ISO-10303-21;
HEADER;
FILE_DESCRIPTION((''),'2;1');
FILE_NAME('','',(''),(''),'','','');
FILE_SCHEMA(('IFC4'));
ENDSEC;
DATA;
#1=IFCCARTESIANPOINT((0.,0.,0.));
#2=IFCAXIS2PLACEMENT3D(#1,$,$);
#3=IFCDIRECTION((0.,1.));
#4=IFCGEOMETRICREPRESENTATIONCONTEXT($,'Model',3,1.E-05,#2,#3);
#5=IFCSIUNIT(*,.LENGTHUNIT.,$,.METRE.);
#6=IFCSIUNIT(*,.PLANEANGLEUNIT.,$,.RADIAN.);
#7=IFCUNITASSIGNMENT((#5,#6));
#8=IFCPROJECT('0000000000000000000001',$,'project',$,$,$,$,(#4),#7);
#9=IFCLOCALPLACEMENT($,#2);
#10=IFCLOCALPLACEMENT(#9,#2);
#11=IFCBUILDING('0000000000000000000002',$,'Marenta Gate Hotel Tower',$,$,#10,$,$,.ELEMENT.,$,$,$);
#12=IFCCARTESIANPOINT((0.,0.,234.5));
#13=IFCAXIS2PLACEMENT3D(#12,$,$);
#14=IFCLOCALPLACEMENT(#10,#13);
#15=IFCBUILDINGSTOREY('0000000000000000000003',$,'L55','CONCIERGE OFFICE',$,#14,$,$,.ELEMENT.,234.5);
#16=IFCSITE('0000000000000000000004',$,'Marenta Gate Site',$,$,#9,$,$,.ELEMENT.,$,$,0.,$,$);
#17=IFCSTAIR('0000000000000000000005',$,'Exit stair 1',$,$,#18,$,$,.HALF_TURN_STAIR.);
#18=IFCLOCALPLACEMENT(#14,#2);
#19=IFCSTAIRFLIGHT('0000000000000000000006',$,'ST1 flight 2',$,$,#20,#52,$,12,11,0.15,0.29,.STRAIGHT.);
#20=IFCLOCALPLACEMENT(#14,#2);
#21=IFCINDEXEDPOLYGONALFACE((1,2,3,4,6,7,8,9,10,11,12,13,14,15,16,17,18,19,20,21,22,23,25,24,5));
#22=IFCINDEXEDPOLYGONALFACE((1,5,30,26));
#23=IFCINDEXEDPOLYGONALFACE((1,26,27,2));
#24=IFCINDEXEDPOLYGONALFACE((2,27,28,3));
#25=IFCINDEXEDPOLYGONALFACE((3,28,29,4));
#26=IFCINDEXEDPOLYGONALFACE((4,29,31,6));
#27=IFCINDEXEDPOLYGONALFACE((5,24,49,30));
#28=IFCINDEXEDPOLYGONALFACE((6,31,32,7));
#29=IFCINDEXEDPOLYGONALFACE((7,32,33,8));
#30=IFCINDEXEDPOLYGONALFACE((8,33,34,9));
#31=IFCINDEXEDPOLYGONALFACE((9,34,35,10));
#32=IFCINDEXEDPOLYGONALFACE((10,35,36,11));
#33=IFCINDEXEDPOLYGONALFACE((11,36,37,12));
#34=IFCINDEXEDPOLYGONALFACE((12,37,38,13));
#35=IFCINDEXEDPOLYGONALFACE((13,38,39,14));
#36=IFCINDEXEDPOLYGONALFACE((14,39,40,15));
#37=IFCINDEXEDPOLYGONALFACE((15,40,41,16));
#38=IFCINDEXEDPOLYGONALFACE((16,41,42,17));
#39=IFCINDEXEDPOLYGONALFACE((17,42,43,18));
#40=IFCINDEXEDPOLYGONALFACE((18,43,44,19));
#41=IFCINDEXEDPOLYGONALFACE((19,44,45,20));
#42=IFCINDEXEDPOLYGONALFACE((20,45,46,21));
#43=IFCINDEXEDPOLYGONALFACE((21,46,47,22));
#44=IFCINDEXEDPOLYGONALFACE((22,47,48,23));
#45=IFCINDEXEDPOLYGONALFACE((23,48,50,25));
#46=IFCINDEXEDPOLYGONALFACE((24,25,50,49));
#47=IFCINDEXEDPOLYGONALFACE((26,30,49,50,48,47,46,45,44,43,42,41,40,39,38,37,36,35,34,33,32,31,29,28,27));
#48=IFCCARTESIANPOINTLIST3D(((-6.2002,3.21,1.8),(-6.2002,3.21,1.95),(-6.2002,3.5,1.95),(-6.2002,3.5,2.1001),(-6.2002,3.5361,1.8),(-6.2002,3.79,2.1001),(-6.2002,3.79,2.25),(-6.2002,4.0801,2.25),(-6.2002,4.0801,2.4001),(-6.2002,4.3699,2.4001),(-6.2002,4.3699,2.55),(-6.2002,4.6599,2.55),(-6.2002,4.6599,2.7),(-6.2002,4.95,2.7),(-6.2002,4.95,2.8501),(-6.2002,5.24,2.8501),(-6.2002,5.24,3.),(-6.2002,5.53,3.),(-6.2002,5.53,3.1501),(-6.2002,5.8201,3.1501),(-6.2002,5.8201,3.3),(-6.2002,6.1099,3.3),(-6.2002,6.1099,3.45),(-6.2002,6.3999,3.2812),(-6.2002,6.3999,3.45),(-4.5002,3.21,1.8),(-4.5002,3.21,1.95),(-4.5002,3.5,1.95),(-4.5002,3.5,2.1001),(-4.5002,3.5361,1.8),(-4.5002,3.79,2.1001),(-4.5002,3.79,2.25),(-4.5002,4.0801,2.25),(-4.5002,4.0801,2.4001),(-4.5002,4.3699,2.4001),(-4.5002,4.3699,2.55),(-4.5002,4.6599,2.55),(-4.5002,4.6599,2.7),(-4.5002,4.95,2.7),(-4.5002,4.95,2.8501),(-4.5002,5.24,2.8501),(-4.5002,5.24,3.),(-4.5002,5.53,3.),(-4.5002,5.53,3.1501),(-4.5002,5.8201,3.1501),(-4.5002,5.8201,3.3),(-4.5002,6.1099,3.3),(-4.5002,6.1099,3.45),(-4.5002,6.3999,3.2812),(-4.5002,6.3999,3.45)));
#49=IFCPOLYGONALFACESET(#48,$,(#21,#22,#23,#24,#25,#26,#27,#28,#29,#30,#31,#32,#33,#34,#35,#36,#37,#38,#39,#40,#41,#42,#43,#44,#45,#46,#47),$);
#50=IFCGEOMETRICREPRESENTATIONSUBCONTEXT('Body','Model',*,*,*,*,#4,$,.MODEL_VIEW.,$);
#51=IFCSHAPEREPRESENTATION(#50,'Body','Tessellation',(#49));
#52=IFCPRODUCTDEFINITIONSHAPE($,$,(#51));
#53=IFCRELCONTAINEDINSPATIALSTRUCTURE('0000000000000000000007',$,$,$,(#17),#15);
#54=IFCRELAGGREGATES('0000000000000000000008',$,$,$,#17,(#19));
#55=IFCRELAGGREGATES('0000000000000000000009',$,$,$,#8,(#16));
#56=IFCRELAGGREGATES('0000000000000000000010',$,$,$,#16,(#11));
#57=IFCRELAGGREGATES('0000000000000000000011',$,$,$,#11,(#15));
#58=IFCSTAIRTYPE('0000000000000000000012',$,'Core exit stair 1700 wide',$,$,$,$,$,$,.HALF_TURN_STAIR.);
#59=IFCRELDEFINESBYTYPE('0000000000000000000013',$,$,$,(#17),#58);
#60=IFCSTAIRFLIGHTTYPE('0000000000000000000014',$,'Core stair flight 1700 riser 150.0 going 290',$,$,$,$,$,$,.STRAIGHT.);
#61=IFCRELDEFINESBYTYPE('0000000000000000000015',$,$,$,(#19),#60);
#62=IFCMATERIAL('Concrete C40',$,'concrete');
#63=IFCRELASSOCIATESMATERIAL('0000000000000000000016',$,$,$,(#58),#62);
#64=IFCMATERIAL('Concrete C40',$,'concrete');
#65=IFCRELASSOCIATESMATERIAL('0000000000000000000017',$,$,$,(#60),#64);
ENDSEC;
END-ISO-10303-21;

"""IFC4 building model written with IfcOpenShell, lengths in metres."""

from ifc_helpers import new_model, si_unit, direction, frame, origin, place, context, subcontext, project, spatial, polyline, outline, extrude, material, type_object, element, aggregate, save


model = new_model("IFC4")

# Units and contexts
model_context = context("Model", 3, precision=1e-05, world=origin(), true_north=direction((0.0, 1.0)))
body_context = subcontext(model_context, "Body", "Model", "MODEL_VIEW")
ifc_project = project(units=[si_unit("LENGTHUNIT", "METRE"), si_unit("PLANEANGLEUNIT", "RADIAN")], contexts=[model_context])

# Site, building, storey
site_placement = place(None, origin())
site = spatial("IfcSite", under=ifc_project, at=site_placement, Name="Marenta Gate Site", CompositionType="ELEMENT", RefElevation=0.0)
building_placement = place(site_placement, origin())
building = spatial("IfcBuilding", under=site, at=building_placement, Name="Marenta Gate Hotel Tower", CompositionType="ELEMENT")
storey_placement = place(building_placement, frame((0.0, 0.0, 234.5)))
storey = spatial("IfcBuildingStorey", under=building, at=storey_placement, Name="L55", Description="CONCIERGE OFFICE", CompositionType="ELEMENT", Elevation=234.5)

# Stair, stair flight
ifc_material_1 = material(Name="Concrete C40", Category="concrete")
stair_type = type_object("IfcStairType", Name="Core exit stair 1700 wide", PredefinedType="HALF_TURN_STAIR", material=ifc_material_1)
stair_placement = place(storey_placement, origin())
stair = element("IfcStair", 1, at=stair_placement, inside=storey, type_object=stair_type, Name="Exit stair 1", PredefinedType="HALF_TURN_STAIR")
ifc_material_2 = material(Name="Concrete C40", Category="concrete")
stair_flight_type = type_object("IfcStairFlightType", Name="Core stair flight 1700 riser 150.0 going 290", PredefinedType="STRAIGHT", material=ifc_material_2)
stair_flight_1_placement = place(storey_placement, frame((-5.3501, 3.21, 1.8), z_axis=(0.0, 0.0, 1.0), x_axis=(0.0, 1.0, 0.0)))
stair_flight_1 = element("IfcStairFlight", 2, at=stair_flight_1_placement, type_object=stair_flight_type, Name="ST1 flight 2", NumberOfRisers=12, NumberOfTreads=11, PredefinedType="STRAIGHT", RiserHeight=0.15, TreadLength=0.29, context=body_context, shape_type="SweptSolid", body=[
    extrude(outline(polyline([(0.0, 0.0), (0.0, 0.1499), (0.29, 0.1499), (0.29, 0.3), (0.5801, 0.3), (0.5801, 0.45), (0.8701, 0.45), (0.8701, 0.6001), (1.1599, 0.6001), (1.1599, 0.75), (1.45, 0.75), (1.45, 0.8999), (1.74, 0.8999), (1.74, 1.05), (2.03, 1.05), (2.03, 1.2), (2.3201, 1.2), (2.3201, 1.3501), (2.6101, 1.3501), (2.6101, 1.5), (2.8999, 1.5), (2.8999, 1.6499), (3.1899, 1.6499), (3.1899, 1.8), (3.1899, 1.4812), (0.3262, 0.0), (0.0, 0.0)])), frame((0.0, 0.8501, 0.0), z_axis=(0.0, -1.0, 0.0), x_axis=(1.0, 0.0, 0.0)), (0.0, 0.0, 1.0), 1.7),
])
aggregate(stair, [stair_flight_1])

save(model, "model.ifc")
